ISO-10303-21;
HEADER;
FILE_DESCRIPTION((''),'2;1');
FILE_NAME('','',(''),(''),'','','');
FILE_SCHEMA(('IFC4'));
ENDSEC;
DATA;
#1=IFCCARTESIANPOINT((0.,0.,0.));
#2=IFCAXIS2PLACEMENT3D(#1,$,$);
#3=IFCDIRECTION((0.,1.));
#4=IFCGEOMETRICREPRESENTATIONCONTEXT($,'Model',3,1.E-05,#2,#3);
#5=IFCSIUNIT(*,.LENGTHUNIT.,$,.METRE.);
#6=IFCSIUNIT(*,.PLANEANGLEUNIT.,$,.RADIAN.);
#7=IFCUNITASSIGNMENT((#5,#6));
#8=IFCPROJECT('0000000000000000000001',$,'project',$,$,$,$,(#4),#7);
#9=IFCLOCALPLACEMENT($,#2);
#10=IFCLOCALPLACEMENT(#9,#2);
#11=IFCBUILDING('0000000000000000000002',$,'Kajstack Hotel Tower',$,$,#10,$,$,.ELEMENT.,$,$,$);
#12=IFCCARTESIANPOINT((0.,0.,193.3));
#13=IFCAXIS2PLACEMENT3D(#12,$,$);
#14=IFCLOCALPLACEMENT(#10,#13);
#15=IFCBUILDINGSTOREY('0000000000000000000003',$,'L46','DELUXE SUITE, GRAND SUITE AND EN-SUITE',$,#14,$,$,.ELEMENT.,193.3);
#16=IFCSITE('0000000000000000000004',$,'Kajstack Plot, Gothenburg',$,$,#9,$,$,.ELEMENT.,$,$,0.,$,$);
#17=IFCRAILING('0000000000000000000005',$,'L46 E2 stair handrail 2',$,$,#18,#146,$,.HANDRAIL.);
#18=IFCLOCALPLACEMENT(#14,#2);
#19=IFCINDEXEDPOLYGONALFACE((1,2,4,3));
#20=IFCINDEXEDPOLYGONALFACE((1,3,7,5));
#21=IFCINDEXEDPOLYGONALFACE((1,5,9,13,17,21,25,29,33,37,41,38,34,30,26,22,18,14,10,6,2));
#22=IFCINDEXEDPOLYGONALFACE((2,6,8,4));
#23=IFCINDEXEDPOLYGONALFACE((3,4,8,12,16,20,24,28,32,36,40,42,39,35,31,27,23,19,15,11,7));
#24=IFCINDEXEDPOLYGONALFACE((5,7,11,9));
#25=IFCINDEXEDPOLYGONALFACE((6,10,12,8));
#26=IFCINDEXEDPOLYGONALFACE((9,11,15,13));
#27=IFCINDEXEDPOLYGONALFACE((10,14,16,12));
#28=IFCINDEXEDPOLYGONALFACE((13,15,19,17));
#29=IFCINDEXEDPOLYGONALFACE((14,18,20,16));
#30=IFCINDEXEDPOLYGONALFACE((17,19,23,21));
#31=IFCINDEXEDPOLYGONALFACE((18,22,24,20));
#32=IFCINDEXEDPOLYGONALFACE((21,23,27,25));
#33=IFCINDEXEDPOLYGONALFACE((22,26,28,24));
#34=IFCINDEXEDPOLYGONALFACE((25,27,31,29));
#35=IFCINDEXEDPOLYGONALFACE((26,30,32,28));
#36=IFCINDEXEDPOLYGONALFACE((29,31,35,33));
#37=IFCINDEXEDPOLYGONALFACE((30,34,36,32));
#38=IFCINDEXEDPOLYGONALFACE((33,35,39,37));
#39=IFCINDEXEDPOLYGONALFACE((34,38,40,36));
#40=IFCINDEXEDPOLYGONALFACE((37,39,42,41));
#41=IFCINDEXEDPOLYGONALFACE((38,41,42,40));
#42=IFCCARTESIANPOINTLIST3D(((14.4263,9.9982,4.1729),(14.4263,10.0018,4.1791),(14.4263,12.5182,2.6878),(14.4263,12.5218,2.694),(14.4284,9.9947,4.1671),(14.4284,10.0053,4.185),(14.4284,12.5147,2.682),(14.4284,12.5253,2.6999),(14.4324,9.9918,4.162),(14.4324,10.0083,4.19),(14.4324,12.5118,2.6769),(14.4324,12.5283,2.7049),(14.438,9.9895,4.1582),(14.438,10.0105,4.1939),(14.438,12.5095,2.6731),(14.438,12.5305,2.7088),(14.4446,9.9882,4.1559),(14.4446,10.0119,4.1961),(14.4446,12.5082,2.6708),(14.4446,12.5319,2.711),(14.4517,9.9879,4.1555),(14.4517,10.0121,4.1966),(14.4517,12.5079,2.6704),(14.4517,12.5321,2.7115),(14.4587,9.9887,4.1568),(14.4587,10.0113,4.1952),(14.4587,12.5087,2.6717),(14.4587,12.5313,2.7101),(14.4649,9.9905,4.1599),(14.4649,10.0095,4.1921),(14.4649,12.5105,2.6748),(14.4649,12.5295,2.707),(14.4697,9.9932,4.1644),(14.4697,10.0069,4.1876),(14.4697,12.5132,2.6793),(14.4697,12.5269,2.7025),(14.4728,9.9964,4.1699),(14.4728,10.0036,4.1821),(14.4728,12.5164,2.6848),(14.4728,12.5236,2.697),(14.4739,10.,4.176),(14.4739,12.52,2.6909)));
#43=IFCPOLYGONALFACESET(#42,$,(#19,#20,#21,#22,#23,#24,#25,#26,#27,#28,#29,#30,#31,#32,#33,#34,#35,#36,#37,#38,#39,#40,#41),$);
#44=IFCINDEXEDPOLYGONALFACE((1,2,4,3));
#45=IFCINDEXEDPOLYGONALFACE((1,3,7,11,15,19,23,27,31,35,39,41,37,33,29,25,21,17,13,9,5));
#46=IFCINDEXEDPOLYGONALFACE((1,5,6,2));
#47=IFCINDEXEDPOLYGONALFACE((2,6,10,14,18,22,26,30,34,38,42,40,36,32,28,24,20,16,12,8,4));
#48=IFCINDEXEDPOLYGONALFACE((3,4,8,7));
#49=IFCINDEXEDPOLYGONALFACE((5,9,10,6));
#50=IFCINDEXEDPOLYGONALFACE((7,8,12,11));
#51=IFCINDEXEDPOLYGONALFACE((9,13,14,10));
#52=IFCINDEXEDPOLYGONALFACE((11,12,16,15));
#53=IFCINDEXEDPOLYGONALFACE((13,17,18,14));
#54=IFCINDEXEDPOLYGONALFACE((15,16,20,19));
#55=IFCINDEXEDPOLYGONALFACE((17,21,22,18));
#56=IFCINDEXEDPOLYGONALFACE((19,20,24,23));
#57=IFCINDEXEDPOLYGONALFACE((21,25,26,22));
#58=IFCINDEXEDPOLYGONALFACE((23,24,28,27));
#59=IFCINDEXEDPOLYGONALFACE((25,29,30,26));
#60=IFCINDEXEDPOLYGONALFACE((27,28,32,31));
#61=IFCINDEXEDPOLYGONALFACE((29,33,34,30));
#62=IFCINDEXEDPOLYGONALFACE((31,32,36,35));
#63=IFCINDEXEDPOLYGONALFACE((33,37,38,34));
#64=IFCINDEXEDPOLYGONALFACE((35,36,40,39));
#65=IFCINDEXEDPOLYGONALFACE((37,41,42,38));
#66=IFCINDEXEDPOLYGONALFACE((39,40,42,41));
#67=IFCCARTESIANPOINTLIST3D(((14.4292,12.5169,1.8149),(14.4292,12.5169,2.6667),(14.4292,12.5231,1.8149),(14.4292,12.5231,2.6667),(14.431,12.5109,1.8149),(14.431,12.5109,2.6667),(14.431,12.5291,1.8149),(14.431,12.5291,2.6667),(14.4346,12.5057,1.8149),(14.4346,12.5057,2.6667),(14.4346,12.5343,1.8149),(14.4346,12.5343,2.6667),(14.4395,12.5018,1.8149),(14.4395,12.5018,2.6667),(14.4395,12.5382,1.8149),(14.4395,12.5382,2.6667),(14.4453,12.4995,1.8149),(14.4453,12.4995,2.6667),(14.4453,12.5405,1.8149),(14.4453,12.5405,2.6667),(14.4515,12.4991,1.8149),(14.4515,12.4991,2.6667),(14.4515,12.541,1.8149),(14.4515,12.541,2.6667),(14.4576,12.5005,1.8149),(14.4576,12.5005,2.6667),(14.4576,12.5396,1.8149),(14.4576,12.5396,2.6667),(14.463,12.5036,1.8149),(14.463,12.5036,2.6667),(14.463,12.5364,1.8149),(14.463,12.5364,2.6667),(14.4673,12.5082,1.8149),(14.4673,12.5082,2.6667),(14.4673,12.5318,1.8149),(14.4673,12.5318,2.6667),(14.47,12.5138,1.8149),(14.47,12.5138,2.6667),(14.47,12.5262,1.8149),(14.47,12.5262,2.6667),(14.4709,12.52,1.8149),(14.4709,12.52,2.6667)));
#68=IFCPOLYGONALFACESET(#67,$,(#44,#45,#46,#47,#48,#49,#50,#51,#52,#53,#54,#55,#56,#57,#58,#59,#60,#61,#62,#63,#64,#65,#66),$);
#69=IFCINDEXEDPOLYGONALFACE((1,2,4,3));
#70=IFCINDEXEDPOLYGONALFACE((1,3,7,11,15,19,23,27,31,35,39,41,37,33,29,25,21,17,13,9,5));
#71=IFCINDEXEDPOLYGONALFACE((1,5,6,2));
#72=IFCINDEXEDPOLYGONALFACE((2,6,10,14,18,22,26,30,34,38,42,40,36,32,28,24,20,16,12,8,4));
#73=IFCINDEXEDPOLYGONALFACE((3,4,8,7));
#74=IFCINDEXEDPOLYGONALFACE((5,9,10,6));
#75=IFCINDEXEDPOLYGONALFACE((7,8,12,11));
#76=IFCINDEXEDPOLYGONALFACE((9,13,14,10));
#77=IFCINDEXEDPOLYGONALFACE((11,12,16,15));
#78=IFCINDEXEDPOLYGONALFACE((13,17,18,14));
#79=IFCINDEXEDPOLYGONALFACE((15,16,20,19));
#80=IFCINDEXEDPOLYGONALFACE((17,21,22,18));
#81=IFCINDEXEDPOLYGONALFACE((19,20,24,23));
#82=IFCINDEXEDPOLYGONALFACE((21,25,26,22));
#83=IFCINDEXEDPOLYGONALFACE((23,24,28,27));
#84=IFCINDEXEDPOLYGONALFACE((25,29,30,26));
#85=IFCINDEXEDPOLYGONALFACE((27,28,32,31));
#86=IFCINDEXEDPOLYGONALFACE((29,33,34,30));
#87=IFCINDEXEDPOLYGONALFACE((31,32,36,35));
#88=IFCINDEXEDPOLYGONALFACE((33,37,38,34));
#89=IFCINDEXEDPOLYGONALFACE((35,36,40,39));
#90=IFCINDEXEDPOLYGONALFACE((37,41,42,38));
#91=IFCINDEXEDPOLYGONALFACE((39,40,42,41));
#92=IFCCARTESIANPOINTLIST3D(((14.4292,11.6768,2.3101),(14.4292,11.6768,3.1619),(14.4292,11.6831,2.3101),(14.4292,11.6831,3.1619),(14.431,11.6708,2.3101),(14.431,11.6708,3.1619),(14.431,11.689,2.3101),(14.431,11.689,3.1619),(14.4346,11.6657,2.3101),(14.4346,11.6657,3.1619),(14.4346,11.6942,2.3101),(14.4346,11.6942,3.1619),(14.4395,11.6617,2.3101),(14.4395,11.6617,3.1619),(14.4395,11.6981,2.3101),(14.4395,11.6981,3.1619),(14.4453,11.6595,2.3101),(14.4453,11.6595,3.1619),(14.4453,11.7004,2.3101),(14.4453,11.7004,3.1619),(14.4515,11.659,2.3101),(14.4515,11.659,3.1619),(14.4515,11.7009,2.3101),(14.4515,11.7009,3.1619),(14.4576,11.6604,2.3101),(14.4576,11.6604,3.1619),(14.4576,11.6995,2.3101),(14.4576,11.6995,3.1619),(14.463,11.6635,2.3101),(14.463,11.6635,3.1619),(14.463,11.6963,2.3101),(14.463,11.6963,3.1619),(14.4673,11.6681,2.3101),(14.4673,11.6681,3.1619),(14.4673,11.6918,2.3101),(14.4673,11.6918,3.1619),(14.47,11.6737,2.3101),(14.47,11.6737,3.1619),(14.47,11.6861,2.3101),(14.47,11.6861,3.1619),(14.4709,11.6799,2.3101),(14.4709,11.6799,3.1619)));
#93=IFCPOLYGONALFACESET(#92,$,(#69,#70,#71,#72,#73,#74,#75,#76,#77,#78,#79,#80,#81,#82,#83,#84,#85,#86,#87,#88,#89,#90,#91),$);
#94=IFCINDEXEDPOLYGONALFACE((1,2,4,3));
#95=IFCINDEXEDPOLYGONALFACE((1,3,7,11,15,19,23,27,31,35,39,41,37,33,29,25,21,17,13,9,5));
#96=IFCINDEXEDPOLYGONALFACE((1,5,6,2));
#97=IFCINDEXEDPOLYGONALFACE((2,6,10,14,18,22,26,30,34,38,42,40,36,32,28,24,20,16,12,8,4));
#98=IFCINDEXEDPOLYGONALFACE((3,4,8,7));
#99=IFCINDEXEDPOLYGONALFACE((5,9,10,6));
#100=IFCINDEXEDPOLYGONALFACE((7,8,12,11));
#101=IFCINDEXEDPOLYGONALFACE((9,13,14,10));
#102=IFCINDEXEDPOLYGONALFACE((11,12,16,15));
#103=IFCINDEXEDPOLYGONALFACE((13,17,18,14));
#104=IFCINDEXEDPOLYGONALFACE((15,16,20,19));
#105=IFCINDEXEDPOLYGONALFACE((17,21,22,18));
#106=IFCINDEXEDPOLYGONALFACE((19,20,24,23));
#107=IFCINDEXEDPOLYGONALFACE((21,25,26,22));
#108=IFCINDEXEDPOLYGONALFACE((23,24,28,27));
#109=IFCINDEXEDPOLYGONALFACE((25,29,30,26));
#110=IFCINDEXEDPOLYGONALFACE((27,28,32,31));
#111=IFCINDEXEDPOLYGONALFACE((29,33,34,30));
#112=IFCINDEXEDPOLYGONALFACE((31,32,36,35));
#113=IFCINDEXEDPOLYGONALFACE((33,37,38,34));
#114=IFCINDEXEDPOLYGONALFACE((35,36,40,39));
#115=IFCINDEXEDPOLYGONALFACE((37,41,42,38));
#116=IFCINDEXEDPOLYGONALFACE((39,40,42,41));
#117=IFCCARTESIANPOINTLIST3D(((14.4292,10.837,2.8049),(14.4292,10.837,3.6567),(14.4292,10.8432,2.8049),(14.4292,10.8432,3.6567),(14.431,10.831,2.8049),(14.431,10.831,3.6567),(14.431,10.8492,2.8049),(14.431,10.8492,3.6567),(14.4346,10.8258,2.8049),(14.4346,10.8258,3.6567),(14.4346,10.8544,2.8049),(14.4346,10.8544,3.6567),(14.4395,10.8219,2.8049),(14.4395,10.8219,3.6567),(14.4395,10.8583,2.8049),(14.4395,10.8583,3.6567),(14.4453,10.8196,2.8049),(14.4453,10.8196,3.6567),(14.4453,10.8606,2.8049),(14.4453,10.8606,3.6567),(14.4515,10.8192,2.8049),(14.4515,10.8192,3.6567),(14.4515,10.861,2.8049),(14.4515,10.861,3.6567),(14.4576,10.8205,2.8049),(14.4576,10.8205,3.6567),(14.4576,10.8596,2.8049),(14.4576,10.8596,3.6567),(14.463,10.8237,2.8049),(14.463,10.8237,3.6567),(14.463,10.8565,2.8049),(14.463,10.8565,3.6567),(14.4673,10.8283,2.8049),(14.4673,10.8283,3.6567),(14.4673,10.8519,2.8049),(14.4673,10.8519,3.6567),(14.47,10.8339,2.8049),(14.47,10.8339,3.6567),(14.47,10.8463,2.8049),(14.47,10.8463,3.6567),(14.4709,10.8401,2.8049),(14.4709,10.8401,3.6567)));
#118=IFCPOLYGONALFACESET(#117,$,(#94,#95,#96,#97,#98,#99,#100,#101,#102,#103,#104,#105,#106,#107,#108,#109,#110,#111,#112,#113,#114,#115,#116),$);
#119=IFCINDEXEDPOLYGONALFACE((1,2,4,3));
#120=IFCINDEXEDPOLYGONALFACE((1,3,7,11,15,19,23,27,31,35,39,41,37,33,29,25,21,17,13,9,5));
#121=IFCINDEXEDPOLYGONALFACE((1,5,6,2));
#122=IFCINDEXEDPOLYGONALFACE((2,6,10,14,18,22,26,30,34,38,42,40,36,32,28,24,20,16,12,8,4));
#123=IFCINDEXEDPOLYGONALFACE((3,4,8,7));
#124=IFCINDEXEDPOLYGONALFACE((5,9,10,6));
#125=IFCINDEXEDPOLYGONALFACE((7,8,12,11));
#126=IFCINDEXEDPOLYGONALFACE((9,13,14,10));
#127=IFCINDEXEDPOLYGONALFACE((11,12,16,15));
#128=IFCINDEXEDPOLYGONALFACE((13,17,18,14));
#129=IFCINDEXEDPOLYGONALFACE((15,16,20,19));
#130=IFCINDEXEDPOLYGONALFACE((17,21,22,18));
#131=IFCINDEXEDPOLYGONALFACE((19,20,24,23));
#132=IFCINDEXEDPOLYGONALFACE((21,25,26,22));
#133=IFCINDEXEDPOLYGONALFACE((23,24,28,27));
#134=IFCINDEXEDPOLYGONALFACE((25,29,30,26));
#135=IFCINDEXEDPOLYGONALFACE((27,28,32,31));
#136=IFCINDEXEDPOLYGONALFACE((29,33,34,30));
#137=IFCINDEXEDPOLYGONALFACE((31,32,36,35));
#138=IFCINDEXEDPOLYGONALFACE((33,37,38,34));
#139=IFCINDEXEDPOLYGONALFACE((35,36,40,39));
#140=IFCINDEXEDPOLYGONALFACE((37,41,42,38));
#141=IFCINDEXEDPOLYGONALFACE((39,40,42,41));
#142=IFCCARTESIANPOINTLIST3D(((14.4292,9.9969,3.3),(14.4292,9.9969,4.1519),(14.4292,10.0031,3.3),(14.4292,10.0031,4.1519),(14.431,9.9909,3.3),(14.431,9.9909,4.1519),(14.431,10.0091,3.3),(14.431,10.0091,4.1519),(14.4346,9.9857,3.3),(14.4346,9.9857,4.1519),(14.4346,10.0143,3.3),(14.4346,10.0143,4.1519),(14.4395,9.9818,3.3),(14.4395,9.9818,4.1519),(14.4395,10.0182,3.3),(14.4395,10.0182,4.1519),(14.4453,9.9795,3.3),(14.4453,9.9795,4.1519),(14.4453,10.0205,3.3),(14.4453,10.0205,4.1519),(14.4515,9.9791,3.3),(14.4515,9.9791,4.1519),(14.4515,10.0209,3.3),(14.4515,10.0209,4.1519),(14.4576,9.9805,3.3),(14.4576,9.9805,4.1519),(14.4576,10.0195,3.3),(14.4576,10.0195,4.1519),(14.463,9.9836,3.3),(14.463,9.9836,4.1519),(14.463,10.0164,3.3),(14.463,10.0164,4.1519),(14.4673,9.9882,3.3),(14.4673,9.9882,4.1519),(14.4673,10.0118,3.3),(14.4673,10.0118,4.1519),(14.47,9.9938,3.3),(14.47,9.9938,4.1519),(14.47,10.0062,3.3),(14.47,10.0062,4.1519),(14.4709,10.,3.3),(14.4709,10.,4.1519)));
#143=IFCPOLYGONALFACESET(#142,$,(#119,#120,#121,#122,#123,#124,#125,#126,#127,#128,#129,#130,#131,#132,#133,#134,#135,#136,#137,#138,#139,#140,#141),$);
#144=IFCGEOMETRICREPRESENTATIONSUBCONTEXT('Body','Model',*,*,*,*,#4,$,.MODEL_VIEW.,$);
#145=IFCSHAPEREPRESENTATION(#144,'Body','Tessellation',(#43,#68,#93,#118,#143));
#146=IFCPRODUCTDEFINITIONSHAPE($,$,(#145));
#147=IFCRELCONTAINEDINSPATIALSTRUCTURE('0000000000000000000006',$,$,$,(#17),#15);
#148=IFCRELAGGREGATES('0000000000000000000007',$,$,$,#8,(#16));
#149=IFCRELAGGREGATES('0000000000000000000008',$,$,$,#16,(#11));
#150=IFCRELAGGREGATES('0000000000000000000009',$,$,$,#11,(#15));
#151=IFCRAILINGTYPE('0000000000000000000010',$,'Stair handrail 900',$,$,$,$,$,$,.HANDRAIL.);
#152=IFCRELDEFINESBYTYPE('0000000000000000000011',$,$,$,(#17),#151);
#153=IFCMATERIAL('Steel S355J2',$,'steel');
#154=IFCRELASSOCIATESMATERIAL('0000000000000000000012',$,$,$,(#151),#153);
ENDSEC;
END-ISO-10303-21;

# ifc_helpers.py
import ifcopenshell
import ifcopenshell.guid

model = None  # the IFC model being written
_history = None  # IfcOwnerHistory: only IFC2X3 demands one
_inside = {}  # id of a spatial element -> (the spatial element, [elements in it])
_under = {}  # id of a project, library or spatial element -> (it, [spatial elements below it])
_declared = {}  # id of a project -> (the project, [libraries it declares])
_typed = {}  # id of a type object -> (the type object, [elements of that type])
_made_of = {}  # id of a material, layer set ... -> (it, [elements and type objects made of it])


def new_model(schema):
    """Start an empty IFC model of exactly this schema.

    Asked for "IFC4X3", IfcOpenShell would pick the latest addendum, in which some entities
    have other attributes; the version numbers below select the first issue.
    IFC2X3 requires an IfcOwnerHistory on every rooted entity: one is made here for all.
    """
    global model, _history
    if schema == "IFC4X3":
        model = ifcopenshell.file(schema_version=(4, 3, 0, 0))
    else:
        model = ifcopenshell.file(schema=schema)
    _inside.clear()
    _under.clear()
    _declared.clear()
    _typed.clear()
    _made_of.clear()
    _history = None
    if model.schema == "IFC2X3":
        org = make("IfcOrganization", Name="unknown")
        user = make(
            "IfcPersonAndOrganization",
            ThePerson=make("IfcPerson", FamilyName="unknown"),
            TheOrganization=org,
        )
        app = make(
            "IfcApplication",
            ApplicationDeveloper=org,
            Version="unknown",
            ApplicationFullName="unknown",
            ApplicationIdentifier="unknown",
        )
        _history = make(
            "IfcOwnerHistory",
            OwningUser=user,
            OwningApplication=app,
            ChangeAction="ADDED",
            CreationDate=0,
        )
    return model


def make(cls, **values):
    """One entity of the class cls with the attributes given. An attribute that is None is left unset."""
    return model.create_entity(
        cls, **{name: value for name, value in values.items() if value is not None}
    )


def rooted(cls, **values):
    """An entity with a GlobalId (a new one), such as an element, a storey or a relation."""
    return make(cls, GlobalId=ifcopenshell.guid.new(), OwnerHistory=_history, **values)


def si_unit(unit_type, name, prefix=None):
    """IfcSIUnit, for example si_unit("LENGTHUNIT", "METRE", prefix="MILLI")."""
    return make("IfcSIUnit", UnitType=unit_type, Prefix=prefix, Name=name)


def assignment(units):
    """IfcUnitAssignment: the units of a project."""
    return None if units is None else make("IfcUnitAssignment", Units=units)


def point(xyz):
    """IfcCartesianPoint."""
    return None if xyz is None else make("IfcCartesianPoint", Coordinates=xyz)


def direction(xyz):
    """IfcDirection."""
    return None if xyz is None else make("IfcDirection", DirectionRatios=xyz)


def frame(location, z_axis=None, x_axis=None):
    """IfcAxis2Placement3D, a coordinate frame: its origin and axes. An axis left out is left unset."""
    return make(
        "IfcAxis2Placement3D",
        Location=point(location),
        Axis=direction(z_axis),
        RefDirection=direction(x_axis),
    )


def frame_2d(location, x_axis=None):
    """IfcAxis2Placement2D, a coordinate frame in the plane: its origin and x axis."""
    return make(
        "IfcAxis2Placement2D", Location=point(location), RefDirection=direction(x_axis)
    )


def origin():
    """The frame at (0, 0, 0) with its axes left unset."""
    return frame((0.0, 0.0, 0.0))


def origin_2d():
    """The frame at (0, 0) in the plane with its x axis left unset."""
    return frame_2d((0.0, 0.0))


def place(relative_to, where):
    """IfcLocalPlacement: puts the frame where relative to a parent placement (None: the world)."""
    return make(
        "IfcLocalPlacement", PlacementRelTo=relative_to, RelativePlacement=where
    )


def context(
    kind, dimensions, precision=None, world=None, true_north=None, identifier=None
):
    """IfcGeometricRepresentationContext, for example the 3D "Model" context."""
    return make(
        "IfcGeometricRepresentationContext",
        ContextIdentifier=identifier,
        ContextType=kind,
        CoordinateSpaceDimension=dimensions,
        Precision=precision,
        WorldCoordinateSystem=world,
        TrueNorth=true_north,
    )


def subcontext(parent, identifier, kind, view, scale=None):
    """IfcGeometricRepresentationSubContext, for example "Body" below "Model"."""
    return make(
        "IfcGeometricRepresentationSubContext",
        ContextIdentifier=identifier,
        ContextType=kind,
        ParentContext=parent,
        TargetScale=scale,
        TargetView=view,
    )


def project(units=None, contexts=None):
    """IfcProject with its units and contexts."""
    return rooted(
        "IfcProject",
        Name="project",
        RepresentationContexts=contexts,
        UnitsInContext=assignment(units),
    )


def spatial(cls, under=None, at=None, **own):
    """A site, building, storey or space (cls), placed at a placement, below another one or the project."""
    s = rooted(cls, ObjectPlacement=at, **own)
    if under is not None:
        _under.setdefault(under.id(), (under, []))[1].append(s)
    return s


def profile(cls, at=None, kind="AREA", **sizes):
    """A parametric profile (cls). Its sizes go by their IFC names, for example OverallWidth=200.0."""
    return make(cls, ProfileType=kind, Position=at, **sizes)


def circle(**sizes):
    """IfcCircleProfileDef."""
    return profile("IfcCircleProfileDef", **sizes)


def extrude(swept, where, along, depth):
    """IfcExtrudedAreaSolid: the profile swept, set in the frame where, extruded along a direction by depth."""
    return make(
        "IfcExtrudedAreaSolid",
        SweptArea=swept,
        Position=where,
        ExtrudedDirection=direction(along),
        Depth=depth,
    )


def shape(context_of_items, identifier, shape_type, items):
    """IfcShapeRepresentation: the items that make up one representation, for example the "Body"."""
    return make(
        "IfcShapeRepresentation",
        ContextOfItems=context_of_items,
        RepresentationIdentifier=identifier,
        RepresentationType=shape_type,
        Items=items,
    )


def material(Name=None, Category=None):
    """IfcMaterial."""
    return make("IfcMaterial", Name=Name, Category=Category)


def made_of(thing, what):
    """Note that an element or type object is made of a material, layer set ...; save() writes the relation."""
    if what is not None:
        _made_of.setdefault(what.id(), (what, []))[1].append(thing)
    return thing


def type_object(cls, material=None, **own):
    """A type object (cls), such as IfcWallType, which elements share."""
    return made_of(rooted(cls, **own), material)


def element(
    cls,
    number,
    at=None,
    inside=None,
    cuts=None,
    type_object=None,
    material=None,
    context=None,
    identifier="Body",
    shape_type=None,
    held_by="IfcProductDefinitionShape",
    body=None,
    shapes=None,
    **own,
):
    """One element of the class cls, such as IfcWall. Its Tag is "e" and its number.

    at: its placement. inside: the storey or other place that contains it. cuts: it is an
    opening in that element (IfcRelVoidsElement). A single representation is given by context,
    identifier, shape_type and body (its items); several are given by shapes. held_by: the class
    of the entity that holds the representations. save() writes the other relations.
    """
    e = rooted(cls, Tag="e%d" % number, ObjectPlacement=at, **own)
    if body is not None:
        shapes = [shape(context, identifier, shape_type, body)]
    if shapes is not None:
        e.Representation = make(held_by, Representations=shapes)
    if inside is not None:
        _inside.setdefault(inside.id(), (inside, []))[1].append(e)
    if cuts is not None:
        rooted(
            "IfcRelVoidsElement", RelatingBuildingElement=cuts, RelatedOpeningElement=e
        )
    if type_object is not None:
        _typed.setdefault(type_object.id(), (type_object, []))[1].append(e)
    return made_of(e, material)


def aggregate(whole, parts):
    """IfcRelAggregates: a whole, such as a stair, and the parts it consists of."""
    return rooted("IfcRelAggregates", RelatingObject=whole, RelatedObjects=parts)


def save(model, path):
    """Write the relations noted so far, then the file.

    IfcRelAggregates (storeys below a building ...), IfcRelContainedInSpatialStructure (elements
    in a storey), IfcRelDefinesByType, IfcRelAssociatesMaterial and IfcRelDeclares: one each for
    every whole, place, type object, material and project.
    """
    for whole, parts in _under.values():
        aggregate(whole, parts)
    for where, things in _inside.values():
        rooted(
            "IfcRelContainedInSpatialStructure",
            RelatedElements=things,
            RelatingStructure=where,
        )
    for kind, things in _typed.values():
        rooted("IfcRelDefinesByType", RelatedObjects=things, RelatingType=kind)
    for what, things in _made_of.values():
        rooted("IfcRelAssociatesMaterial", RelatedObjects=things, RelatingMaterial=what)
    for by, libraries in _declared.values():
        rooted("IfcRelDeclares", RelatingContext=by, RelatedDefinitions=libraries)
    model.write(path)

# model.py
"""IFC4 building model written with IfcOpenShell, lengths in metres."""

from ifc_helpers import new_model, si_unit, direction, frame, origin, origin_2d, place, context, subcontext, project, spatial, circle, extrude, material, type_object, element, save


model = new_model("IFC4")

# Units and contexts
model_context = context("Model", 3, precision=1e-05, world=origin(), true_north=direction((0.0, 1.0)))
body_context = subcontext(model_context, "Body", "Model", "MODEL_VIEW")
ifc_project = project(units=[si_unit("LENGTHUNIT", "METRE"), si_unit("PLANEANGLEUNIT", "RADIAN")], contexts=[model_context])

# Site, building, storey
site_placement = place(None, origin())
site = spatial("IfcSite", under=ifc_project, at=site_placement, Name="Kajstack Plot, Gothenburg", CompositionType="ELEMENT", RefElevation=0.0)
building_placement = place(site_placement, origin())
building = spatial("IfcBuilding", under=site, at=building_placement, Name="Kajstack Hotel Tower", CompositionType="ELEMENT")
storey_placement = place(building_placement, frame((0.0, 0.0, 193.3)))
storey = spatial("IfcBuildingStorey", under=building, at=storey_placement, Name="L46", Description="DELUXE SUITE, GRAND SUITE AND EN-SUITE", CompositionType="ELEMENT", Elevation=193.3)

# Railing
ifc_material_1 = material(Name="Steel S355J2", Category="steel")
railing_type_1 = type_object("IfcRailingType", Name="Stair handrail 900", PredefinedType="HANDRAIL", material=ifc_material_1)
railing_1_placement = place(storey_placement, frame((14.45, 12.52, 1.8149)))
element("IfcRailing", 1, at=railing_1_placement, inside=storey, type_object=railing_type_1, Name="L46 E2 stair handrail 2", PredefinedType="HANDRAIL", context=body_context, shape_type="SweptSolid", body=[
    extrude(circle(Radius=0.0239, at=origin_2d()), frame((0.0, 0.0, 0.876), z_axis=(0.0, -0.861524, 0.507717), x_axis=(1.0, 0.0, 0.0)), (0.0, 0.0, 1.0), 2.925),
    extrude(circle(Radius=0.021, at=origin_2d()), origin(), (0.0, 0.0, 1.0), 0.8518),
    extrude(circle(Radius=0.021, at=origin_2d()), frame((0.0, -0.8401, 0.4951)), (0.0, 0.0, 1.0), 0.8518),
    extrude(circle(Radius=0.021, at=origin_2d()), frame((0.0, -1.6799, 0.99)), (0.0, 0.0, 1.0), 0.8518),
    extrude(circle(Radius=0.021, at=origin_2d()), frame((0.0, -2.52, 1.4851)), (0.0, 0.0, 1.0), 0.8518),
])

save(model, "model.ifc")
